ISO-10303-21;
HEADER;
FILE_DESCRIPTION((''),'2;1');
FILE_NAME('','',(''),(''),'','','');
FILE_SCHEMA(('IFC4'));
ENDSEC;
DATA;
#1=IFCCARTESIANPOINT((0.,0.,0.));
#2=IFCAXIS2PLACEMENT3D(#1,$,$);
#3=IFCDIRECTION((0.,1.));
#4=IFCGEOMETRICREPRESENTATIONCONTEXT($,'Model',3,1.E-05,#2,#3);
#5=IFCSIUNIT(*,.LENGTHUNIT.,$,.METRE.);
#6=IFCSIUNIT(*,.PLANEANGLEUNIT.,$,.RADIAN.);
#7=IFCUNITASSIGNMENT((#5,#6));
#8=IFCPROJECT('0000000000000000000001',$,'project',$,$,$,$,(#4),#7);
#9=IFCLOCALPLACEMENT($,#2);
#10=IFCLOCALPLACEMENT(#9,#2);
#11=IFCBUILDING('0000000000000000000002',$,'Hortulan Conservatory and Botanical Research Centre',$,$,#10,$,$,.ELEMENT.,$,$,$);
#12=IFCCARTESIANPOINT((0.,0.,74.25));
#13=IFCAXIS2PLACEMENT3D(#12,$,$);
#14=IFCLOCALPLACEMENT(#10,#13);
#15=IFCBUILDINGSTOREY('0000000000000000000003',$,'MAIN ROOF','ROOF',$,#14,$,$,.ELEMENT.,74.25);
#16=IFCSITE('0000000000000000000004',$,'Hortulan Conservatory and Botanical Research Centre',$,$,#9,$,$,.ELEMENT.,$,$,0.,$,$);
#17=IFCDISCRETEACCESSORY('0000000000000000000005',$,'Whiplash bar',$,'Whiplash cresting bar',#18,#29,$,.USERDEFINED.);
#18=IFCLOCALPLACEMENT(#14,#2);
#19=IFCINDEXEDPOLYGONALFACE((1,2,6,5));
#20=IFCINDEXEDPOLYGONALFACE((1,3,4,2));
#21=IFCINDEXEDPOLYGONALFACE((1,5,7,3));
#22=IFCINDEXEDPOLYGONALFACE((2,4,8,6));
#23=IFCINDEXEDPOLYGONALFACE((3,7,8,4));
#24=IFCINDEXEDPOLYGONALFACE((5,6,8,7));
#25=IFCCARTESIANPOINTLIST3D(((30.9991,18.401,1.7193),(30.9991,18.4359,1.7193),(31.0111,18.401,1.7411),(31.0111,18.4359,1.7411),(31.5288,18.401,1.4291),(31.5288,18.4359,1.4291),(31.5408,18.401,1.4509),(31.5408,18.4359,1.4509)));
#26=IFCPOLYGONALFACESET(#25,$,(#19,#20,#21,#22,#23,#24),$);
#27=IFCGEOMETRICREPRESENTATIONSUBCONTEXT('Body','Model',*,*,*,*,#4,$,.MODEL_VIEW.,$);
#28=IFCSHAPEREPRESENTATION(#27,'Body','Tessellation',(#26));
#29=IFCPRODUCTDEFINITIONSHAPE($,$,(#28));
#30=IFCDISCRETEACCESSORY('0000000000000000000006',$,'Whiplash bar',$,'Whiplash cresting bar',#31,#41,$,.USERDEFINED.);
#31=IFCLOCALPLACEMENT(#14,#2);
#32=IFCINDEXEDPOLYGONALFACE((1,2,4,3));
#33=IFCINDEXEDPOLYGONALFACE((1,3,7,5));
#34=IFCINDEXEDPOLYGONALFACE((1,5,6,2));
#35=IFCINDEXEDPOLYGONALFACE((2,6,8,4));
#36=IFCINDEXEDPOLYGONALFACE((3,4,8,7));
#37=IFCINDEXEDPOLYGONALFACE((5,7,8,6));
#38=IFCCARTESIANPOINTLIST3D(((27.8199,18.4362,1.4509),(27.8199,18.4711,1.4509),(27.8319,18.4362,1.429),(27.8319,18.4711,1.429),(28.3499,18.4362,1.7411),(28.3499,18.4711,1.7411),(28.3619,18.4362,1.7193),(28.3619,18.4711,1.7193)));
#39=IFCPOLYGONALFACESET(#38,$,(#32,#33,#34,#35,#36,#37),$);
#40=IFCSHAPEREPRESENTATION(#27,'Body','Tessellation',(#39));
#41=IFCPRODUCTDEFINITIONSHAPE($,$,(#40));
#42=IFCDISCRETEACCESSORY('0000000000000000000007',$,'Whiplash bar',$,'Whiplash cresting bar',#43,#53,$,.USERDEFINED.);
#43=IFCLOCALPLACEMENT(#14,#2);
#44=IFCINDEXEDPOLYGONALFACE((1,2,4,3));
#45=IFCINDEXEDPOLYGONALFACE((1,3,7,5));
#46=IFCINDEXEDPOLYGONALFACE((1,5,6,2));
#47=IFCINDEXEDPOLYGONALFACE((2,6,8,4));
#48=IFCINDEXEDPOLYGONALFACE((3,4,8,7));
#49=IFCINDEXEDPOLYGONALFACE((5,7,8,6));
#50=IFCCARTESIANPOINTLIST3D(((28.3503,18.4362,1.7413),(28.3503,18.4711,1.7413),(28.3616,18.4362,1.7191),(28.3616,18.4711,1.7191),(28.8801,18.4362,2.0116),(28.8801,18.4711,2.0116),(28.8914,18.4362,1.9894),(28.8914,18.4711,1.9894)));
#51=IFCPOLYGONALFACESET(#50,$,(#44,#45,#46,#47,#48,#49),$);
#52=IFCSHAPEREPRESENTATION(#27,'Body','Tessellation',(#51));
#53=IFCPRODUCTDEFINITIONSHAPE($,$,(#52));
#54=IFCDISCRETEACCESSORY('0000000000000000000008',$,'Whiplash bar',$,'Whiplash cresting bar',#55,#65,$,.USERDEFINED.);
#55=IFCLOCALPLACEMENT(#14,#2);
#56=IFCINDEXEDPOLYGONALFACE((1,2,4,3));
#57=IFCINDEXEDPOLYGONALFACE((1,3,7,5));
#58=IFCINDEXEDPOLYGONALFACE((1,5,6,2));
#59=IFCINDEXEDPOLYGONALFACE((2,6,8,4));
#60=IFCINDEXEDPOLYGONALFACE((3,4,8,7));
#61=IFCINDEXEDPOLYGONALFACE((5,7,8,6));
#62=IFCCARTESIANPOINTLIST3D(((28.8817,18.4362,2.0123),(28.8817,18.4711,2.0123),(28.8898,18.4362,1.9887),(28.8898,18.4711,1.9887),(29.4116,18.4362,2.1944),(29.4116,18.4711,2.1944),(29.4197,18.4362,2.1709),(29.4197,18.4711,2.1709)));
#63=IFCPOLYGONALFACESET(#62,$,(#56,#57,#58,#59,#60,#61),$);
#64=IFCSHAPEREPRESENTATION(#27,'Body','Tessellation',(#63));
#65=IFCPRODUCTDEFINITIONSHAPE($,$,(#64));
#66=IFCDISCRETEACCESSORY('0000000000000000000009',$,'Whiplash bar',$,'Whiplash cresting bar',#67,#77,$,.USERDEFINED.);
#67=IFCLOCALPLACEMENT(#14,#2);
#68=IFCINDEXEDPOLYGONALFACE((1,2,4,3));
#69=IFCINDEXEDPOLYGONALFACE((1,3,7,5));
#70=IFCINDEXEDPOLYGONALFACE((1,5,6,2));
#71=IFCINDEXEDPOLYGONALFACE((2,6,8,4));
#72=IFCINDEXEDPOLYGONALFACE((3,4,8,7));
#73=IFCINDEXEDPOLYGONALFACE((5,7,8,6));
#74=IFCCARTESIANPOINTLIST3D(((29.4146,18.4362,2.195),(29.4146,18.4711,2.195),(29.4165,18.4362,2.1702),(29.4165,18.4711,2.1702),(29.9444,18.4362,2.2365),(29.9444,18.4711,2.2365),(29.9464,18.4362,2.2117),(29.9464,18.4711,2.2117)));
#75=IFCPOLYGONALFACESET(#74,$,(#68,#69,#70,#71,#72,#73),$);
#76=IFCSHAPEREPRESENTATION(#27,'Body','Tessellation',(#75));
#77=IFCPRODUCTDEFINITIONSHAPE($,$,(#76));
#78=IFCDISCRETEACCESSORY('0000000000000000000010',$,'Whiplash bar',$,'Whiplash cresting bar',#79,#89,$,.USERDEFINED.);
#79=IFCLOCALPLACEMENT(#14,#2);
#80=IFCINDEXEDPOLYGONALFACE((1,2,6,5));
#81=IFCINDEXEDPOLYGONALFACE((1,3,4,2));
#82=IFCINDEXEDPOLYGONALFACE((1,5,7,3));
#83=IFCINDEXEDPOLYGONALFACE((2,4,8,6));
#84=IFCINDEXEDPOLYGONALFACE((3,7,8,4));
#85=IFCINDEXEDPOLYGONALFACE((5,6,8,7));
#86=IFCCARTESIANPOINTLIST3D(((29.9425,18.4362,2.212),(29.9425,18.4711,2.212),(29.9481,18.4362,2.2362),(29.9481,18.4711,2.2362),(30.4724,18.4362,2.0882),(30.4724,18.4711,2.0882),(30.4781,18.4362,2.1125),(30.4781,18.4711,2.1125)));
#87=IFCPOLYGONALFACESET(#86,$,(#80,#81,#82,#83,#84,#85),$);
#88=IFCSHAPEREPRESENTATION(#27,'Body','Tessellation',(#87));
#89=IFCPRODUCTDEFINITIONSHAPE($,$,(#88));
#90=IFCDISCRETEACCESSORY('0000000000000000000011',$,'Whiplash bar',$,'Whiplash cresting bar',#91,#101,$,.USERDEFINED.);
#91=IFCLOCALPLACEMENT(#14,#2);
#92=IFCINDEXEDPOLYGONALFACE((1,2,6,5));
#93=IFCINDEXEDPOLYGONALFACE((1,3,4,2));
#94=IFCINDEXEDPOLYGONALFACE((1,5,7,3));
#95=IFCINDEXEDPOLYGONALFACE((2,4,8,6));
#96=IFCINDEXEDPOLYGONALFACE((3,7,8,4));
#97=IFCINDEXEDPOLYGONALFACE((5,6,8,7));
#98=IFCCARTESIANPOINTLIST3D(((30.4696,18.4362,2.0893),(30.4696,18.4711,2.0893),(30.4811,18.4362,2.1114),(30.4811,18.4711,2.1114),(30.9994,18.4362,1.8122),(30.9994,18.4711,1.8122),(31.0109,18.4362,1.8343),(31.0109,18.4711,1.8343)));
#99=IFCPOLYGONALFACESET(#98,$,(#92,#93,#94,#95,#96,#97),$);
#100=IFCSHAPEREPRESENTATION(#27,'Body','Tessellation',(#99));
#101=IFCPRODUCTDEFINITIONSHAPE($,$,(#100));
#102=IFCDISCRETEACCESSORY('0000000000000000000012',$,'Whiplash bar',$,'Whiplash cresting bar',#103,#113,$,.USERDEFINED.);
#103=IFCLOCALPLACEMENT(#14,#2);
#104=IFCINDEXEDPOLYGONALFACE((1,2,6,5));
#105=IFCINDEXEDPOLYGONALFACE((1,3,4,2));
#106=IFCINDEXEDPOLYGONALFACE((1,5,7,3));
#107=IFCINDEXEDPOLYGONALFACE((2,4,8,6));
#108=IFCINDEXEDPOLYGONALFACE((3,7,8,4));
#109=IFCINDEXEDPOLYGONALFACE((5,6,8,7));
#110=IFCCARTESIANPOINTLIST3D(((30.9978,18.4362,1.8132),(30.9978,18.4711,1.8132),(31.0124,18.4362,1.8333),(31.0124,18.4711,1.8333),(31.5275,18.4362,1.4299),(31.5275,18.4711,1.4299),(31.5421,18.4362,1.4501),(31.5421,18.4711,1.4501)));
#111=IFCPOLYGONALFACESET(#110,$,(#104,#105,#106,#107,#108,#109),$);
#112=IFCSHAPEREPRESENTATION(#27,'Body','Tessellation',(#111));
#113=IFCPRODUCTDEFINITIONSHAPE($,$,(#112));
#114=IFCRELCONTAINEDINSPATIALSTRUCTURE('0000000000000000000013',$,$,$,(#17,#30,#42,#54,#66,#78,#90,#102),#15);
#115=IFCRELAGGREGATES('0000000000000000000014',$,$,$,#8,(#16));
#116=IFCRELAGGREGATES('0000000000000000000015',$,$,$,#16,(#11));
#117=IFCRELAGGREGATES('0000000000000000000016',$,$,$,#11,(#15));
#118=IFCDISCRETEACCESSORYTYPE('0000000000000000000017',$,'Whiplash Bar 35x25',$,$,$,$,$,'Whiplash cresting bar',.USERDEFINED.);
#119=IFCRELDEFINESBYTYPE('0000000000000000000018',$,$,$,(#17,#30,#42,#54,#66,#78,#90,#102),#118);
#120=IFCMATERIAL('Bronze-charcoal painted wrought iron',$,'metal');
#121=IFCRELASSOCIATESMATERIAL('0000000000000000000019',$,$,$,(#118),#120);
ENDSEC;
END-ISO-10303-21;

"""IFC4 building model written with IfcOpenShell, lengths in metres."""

from ifc_helpers import new_model, si_unit, direction, frame, origin, origin_2d, place, context, subcontext, project, spatial, rectangle, extrude, material, material_profile, profile_set, type_object, element, save


model = new_model("IFC4")

# Units and contexts
model_context = context("Model", 3, precision=1e-05, world=origin(), true_north=direction((0.0, 1.0)))
body_context = subcontext(model_context, "Body", "Model", "MODEL_VIEW")
ifc_project = project(units=[si_unit("LENGTHUNIT", "METRE"), si_unit("PLANEANGLEUNIT", "RADIAN")], contexts=[model_context])

# Site, building, storey
site_placement = place(None, origin())
site = spatial("IfcSite", under=ifc_project, at=site_placement, Name="Hortulan Conservatory and Botanical Research Centre", CompositionType="ELEMENT", RefElevation=0.0)
building_placement = place(site_placement, origin())
building = spatial("IfcBuilding", under=site, at=building_placement, Name="Hortulan Conservatory and Botanical Research Centre", CompositionType="ELEMENT")
storey_placement = place(building_placement, frame((0.0, 0.0, 74.25)))
storey = spatial("IfcBuildingStorey", under=building, at=storey_placement, Name="MAIN ROOF", Description="ROOF", CompositionType="ELEMENT", Elevation=74.25)

# Discrete accessories
ifc_material = material(Name="Bronze-charcoal painted wrought iron", Category="metal")
ifc_material_profile_1 = material_profile(ifc_material, rectangle(XDim=0.0349, YDim=0.0249, at=origin_2d()), Name="Flat bar 35x25")
ifc_profile_set_1 = profile_set([ifc_material_profile_1], Name="Bronze-charcoal painted wrought iron")
discrete_accessory_type_1 = type_object("IfcDiscreteAccessoryType", Name="Whiplash Bar 35x25", ElementType="Whiplash cresting bar", PredefinedType="USERDEFINED", material=ifc_profile_set_1)
discrete_accessory_1_placement = place(storey_placement, frame((31.0051, 18.4185, 1.7302), z_axis=(0.876983, 0.0, -0.480522), x_axis=(0.0, 1.0, 0.0)))
element("IfcDiscreteAccessory", 1, at=discrete_accessory_1_placement, inside=storey, type_object=discrete_accessory_type_1, Name="Whiplash bar", ObjectType="Whiplash cresting bar", PredefinedType="USERDEFINED", context=body_context, shape_type="SweptSolid", body=[
    extrude(rectangle(XDim=0.0349, YDim=0.0249, at=origin_2d()), origin(), (0.0, 0.0, 1.0), 0.604),
])
discrete_accessory_2_placement = place(storey_placement, frame((27.8259, 18.4536, 1.4399), z_axis=(0.877076, 0.0, 0.480352), x_axis=(0.0, 1.0, 0.0)))
element("IfcDiscreteAccessory", 2, at=discrete_accessory_2_placement, inside=storey, type_object=discrete_accessory_type_1, Name="Whiplash bar", ObjectType="Whiplash cresting bar", PredefinedType="USERDEFINED", context=body_context, shape_type="SweptSolid", body=[
    extrude(rectangle(XDim=0.0349, YDim=0.0249, at=origin_2d()), origin(), (0.0, 0.0, 1.0), 0.6042),
])
discrete_accessory_3_placement = place(storey_placement, frame((28.356, 18.4536, 1.7302), z_axis=(0.890786, 0.0, 0.454424), x_axis=(0.0, 1.0, 0.0)))
element("IfcDiscreteAccessory", 3, at=discrete_accessory_3_placement, inside=storey, type_object=discrete_accessory_type_1, Name="Whiplash bar", ObjectType="Whiplash cresting bar", PredefinedType="USERDEFINED", context=body_context, shape_type="SweptSolid", body=[
    extrude(rectangle(XDim=0.0349, YDim=0.0249, at=origin_2d()), origin(), (0.0, 0.0, 1.0), 0.5947),
])
discrete_accessory_4_placement = place(storey_placement, frame((28.8857, 18.4536, 2.0005), z_axis=(0.945678, 0.0, 0.325104), x_axis=(0.0, 1.0, 0.0)))
element("IfcDiscreteAccessory", 4, at=discrete_accessory_4_placement, inside=storey, type_object=discrete_accessory_type_1, Name="Whiplash bar", ObjectType="Whiplash cresting bar", PredefinedType="USERDEFINED", context=body_context, shape_type="SweptSolid", body=[
    extrude(rectangle(XDim=0.0349, YDim=0.0249, at=origin_2d()), origin(), (0.0, 0.0, 1.0), 0.5603),
])
discrete_accessory_5_placement = place(storey_placement, frame((29.4155, 18.4536, 2.1826), z_axis=(0.996945, 0.0, 0.078102), x_axis=(0.0, 1.0, 0.0)))
element("IfcDiscreteAccessory", 5, at=discrete_accessory_5_placement, inside=storey, type_object=discrete_accessory_type_1, Name="Whiplash bar", ObjectType="Whiplash cresting bar", PredefinedType="USERDEFINED", context=body_context, shape_type="SweptSolid", body=[
    extrude(rectangle(XDim=0.0349, YDim=0.0249, at=origin_2d()), origin(), (0.0, 0.0, 1.0), 0.5315),
])
discrete_accessory_6_placement = place(storey_placement, frame((29.9453, 18.4536, 2.2241), z_axis=(0.973798, 0.0, -0.227414), x_axis=(0.0, 1.0, 0.0)))
element("IfcDiscreteAccessory", 6, at=discrete_accessory_6_placement, inside=storey, type_object=discrete_accessory_type_1, Name="Whiplash bar", ObjectType="Whiplash cresting bar", PredefinedType="USERDEFINED", context=body_context, shape_type="SweptSolid", body=[
    extrude(rectangle(XDim=0.0349, YDim=0.0249, at=origin_2d()), origin(), (0.0, 0.0, 1.0), 0.5442),
])
discrete_accessory_7_placement = place(storey_placement, frame((30.4753, 18.4536, 2.1003), z_axis=(0.886111, 0.0, -0.463473), x_axis=(0.0, 1.0, 0.0)))
element("IfcDiscreteAccessory", 7, at=discrete_accessory_7_placement, inside=storey, type_object=discrete_accessory_type_1, Name="Whiplash bar", ObjectType="Whiplash cresting bar", PredefinedType="USERDEFINED", context=body_context, shape_type="SweptSolid", body=[
    extrude(rectangle(XDim=0.0349, YDim=0.0249, at=origin_2d()), origin(), (0.0, 0.0, 1.0), 0.5979),
])
discrete_accessory_8_placement = place(storey_placement, frame((31.0051, 18.4536, 1.8232), z_axis=(0.810187, 0.0, -0.586172), x_axis=(0.0, 1.0, 0.0)))
element("IfcDiscreteAccessory", 8, at=discrete_accessory_8_placement, inside=storey, type_object=discrete_accessory_type_1, Name="Whiplash bar", ObjectType="Whiplash cresting bar", PredefinedType="USERDEFINED", context=body_context, shape_type="SweptSolid", body=[
    extrude(rectangle(XDim=0.0349, YDim=0.0249, at=origin_2d()), origin(), (0.0, 0.0, 1.0), 0.6538),
])

save(model, "model.ifc")
